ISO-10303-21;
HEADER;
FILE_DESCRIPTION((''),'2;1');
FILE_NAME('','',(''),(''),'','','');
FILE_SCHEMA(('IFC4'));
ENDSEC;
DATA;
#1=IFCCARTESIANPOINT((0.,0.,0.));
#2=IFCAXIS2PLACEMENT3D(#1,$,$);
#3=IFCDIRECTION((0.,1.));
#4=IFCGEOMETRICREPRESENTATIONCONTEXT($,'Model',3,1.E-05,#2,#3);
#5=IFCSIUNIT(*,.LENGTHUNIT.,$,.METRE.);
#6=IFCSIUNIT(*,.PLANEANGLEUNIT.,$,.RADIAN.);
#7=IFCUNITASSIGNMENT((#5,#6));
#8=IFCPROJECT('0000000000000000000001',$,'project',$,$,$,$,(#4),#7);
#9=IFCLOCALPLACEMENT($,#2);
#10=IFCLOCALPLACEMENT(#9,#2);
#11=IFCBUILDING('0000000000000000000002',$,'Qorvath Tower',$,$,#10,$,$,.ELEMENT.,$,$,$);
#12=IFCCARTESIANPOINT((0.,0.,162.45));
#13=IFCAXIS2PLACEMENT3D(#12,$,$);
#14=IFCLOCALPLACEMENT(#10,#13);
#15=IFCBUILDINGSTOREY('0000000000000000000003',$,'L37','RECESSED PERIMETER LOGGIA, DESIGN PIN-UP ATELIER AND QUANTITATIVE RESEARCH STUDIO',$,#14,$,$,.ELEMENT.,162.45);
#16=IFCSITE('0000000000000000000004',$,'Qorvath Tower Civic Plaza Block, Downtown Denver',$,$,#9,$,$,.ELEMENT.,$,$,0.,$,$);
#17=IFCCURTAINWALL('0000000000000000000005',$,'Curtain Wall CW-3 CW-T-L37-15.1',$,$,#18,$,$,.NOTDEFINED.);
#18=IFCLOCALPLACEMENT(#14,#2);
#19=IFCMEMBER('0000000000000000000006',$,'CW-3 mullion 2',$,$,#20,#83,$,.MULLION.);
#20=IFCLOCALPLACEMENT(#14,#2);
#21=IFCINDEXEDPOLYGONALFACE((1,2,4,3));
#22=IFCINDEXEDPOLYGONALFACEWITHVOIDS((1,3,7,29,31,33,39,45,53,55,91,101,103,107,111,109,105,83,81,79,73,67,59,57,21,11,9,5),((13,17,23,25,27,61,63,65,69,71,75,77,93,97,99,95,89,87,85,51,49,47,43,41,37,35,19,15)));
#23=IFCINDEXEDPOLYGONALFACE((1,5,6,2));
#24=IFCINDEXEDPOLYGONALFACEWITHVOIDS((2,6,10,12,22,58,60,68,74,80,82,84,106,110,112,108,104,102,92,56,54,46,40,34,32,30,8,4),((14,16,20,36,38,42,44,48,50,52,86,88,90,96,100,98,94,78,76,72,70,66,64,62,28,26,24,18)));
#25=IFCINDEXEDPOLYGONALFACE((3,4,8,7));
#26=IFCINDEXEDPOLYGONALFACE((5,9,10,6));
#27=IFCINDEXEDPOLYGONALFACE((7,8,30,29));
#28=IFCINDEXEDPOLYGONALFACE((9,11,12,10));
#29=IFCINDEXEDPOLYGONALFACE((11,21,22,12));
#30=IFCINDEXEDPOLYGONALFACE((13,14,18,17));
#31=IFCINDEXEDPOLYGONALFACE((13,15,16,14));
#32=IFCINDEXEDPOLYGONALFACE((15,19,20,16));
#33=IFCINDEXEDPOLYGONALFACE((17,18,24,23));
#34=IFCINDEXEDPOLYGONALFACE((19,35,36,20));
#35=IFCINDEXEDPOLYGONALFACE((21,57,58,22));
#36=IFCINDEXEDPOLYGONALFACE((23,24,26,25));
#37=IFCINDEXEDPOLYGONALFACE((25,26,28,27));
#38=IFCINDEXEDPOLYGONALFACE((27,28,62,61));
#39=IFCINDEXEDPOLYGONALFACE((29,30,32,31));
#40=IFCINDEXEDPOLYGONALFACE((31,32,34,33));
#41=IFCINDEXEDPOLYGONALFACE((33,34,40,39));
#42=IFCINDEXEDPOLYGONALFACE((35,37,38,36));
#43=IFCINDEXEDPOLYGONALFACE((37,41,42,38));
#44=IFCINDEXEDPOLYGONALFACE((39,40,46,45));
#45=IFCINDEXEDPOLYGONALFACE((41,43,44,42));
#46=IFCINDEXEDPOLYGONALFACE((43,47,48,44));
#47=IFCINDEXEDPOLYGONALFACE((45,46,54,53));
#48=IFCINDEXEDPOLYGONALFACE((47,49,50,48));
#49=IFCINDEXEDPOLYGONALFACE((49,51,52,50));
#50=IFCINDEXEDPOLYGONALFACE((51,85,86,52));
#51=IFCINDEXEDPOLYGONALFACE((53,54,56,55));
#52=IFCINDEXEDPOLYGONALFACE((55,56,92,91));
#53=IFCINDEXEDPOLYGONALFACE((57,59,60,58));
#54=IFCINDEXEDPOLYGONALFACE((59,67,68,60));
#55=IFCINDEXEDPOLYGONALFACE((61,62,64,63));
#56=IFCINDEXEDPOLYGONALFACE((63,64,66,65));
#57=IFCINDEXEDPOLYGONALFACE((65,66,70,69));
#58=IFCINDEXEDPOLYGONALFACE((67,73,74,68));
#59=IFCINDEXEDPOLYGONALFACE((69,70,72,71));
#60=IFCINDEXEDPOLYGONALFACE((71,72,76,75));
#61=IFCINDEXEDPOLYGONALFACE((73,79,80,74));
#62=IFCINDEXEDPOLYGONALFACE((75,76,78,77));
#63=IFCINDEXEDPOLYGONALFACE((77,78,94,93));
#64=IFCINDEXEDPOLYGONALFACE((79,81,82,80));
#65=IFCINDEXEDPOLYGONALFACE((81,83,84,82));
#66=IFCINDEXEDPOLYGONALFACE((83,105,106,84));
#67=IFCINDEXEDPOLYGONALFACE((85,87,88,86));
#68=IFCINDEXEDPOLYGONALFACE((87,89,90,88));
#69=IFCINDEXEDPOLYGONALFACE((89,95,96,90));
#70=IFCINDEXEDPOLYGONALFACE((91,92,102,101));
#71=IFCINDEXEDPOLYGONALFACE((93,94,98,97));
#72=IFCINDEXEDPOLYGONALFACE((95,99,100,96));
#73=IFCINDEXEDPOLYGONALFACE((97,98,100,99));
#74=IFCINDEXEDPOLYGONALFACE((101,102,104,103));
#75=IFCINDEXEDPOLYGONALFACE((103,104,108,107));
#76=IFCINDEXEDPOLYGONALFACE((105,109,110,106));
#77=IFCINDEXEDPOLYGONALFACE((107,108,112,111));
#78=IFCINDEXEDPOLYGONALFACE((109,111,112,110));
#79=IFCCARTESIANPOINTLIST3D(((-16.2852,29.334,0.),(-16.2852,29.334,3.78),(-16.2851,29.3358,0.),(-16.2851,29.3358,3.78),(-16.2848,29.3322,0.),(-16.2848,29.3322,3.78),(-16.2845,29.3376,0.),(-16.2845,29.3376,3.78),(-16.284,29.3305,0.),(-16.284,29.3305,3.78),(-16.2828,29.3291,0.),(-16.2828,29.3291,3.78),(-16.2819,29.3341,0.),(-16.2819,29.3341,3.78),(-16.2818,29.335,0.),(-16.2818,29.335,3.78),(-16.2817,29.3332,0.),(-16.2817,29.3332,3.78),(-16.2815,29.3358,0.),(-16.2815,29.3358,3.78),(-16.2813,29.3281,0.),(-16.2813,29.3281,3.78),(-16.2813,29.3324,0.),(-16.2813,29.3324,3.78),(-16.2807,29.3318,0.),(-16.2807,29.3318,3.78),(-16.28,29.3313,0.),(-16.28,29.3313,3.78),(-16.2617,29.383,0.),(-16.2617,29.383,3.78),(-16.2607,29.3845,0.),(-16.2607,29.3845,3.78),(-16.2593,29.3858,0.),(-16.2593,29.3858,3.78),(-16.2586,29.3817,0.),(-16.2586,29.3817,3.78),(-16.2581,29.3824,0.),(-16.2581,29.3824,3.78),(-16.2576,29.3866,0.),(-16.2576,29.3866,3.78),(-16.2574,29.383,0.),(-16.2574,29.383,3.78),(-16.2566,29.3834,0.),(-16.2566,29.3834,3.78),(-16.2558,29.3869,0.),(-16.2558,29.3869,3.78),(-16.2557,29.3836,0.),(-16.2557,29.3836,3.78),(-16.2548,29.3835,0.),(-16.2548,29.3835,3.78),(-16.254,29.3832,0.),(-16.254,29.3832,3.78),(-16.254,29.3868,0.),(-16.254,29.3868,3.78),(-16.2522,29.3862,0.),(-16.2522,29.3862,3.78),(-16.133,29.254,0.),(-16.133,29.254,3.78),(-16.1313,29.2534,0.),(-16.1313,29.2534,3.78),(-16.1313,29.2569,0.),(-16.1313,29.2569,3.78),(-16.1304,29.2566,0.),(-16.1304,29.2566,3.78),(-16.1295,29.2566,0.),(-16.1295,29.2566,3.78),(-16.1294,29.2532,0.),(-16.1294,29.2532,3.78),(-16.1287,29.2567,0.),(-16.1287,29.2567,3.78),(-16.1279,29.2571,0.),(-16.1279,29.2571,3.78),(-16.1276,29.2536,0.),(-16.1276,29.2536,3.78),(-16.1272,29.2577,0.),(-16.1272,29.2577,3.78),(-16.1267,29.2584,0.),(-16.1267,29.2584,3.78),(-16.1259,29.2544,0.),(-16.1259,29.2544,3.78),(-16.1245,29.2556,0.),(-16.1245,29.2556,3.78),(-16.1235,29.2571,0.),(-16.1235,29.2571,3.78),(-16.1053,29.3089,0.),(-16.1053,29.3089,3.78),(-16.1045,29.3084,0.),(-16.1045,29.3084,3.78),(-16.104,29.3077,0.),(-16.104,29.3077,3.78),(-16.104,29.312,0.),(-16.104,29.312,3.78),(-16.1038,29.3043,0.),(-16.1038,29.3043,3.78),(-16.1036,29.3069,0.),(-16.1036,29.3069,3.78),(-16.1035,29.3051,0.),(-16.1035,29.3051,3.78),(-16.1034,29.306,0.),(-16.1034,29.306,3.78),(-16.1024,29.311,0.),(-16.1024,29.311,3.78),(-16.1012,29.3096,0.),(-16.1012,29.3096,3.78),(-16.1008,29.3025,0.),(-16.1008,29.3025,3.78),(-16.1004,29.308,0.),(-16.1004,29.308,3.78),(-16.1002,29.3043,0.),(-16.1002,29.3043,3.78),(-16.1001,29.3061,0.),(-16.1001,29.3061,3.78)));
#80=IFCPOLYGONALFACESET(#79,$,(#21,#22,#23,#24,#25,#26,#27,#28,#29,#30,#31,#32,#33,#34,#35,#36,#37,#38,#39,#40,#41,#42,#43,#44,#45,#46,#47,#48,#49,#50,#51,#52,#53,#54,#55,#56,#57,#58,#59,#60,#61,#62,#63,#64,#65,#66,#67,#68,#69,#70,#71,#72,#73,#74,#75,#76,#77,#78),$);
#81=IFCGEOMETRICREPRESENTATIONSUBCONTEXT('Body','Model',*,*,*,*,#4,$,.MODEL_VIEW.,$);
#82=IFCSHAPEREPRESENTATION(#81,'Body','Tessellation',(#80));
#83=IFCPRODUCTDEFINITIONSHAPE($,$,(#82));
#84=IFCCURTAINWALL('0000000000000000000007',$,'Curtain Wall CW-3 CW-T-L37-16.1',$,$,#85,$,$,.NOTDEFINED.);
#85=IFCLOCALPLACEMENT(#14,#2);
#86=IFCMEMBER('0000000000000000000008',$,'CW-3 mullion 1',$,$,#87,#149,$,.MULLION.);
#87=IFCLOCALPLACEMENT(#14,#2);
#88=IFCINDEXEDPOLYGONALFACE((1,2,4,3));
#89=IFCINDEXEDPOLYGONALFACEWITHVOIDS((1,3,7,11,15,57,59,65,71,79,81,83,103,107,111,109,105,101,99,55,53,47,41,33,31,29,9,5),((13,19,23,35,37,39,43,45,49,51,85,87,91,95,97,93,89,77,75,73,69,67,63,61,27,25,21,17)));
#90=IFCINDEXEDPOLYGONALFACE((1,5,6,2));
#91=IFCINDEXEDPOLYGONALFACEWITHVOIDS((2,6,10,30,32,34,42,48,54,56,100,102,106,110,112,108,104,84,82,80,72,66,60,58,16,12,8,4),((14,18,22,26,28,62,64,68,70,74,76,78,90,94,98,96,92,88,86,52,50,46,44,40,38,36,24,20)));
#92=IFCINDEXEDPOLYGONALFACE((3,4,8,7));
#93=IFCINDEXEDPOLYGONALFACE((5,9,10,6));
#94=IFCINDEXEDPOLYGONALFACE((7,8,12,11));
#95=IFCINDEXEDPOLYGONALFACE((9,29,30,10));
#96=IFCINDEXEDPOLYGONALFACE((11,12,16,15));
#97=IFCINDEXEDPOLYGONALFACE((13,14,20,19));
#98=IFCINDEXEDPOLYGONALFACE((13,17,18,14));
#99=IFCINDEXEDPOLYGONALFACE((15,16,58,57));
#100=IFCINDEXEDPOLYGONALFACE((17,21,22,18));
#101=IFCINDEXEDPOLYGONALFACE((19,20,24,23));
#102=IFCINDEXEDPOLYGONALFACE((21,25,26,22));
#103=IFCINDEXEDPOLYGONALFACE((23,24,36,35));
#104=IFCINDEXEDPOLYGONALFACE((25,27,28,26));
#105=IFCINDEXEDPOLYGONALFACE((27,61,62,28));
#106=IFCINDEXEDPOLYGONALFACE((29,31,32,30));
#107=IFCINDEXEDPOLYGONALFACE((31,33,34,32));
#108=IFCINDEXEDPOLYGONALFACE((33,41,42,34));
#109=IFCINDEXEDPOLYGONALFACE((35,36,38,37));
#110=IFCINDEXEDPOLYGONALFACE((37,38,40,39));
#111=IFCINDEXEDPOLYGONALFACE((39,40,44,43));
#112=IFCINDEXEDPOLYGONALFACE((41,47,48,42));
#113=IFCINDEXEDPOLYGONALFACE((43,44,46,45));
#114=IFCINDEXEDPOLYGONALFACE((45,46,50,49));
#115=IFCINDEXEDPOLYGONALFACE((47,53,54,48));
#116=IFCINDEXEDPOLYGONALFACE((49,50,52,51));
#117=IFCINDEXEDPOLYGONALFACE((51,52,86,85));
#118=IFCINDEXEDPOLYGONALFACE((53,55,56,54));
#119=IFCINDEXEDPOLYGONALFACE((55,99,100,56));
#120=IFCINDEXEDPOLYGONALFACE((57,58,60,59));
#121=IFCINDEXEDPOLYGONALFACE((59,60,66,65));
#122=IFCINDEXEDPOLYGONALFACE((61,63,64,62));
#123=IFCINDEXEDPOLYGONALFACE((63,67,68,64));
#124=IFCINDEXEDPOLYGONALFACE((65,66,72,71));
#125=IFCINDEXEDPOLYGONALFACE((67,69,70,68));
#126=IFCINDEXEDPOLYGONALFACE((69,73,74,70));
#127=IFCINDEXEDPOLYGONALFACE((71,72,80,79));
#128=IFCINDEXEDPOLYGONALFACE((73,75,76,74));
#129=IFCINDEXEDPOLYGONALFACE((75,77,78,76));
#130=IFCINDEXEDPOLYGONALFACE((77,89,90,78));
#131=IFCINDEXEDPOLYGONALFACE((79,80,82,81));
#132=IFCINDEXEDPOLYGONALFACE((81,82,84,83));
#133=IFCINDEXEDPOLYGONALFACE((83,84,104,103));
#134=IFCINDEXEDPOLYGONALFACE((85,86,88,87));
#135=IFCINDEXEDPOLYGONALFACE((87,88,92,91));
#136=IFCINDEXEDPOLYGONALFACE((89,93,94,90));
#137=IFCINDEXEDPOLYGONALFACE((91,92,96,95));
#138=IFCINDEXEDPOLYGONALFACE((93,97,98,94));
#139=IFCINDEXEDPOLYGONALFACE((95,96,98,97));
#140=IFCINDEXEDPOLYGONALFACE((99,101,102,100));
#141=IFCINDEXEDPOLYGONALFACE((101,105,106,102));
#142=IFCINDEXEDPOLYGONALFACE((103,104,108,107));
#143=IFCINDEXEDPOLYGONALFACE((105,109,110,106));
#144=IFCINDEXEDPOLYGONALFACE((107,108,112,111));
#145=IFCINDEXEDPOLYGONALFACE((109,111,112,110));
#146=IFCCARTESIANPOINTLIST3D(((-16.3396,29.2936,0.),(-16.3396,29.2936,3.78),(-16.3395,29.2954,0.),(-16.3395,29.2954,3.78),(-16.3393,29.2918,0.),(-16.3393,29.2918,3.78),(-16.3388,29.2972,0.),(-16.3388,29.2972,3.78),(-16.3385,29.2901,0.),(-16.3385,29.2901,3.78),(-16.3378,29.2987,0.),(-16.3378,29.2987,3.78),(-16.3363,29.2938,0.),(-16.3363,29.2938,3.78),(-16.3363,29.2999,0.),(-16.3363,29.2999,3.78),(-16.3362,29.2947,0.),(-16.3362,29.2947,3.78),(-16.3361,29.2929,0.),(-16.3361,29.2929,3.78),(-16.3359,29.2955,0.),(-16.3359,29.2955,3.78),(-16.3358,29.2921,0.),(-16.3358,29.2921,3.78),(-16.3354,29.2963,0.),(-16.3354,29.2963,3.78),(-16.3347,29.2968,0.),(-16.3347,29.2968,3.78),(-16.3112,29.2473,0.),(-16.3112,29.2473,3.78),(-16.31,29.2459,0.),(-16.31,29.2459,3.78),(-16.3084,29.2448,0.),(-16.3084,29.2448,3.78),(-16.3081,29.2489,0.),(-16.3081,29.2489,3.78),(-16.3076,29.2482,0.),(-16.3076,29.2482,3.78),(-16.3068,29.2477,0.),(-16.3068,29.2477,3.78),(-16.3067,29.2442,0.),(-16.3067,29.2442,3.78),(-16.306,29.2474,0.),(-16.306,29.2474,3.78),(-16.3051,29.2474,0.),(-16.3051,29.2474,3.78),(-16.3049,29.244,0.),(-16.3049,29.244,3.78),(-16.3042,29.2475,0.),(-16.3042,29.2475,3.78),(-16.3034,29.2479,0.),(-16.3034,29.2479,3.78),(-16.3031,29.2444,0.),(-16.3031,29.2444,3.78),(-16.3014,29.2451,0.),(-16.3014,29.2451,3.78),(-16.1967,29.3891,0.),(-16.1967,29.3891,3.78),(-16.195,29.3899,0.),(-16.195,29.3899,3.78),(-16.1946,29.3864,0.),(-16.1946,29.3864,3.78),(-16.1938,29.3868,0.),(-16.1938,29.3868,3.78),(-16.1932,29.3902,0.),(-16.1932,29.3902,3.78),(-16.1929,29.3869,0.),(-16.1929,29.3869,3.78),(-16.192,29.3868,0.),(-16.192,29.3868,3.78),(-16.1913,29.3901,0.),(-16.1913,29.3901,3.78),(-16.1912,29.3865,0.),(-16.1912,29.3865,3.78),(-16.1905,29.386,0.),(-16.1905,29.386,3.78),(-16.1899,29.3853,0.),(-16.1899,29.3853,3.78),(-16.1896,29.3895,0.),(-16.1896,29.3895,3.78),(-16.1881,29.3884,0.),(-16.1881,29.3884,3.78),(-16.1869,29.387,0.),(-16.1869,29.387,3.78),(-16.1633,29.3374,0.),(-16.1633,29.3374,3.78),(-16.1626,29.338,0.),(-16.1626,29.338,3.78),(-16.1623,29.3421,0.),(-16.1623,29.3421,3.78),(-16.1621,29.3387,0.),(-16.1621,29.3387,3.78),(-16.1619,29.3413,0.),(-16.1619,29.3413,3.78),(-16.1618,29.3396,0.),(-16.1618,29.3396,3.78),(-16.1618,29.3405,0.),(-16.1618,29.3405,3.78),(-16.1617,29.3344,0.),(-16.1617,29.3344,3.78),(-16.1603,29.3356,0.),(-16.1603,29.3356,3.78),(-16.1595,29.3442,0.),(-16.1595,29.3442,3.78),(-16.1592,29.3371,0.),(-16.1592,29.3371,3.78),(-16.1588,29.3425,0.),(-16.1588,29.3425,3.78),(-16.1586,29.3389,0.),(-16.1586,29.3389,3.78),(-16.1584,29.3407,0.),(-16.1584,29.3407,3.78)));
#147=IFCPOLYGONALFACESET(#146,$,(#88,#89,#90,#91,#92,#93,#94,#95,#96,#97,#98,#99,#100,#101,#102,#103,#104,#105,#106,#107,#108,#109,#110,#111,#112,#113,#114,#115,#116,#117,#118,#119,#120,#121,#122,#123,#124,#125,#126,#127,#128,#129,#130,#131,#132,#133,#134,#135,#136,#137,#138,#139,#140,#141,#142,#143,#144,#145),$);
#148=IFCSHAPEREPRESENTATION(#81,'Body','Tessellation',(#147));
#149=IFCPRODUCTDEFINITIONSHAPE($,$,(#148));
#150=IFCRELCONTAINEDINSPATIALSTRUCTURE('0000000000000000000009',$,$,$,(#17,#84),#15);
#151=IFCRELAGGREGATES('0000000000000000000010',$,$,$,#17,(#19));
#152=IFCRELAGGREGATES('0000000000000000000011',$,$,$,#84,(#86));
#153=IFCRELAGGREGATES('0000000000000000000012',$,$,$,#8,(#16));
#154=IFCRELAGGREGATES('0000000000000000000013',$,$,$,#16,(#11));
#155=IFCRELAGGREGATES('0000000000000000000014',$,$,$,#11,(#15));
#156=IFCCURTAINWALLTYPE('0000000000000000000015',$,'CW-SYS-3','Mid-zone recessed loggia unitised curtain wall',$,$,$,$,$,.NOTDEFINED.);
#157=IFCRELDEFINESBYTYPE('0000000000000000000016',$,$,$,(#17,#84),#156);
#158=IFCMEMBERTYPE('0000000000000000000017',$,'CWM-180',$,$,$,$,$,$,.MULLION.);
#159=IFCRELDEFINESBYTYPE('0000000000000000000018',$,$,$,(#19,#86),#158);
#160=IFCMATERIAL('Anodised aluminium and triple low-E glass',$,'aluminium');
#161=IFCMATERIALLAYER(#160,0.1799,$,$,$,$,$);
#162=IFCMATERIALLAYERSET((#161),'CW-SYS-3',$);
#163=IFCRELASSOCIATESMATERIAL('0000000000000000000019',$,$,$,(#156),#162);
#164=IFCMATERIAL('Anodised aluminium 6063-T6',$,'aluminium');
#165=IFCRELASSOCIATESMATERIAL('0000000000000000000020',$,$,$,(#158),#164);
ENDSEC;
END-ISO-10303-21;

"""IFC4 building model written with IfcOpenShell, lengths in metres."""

from ifc_helpers import new_model, si_unit, direction, frame, origin, origin_2d, place, context, subcontext, project, spatial, hollow_rectangle, extrude, material, layer, layer_set, material_profile, profile_set, type_object, element, aggregate, save


model = new_model("IFC4")

# Units and contexts
model_context = context("Model", 3, precision=1e-05, world=origin(), true_north=direction((0.0, 1.0)))
body_context = subcontext(model_context, "Body", "Model", "MODEL_VIEW")
ifc_project = project(units=[si_unit("LENGTHUNIT", "METRE"), si_unit("PLANEANGLEUNIT", "RADIAN")], contexts=[model_context])

# Site, building, storey
site_placement = place(None, origin())
site = spatial("IfcSite", under=ifc_project, at=site_placement, Name="Qorvath Tower Civic Plaza Block, Downtown Denver", CompositionType="ELEMENT", RefElevation=0.0)
building_placement = place(site_placement, origin())
building = spatial("IfcBuilding", under=site, at=building_placement, Name="Qorvath Tower", CompositionType="ELEMENT")
storey_placement = place(building_placement, frame((0.0, 0.0, 162.45)))
storey = spatial("IfcBuildingStorey", under=building, at=storey_placement, Name="L37", Description="RECESSED PERIMETER LOGGIA, DESIGN PIN-UP ATELIER AND QUANTITATIVE RESEARCH STUDIO", CompositionType="ELEMENT", Elevation=162.45)

# Shared definitions
ifc_material_1 = material(Name="Anodised aluminium and triple low-E glass", Category="aluminium")
ifc_layer_1 = layer(ifc_material_1, 0.1799)
ifc_layer_set_1 = layer_set([ifc_layer_1], Name="CW-SYS-3")
curtain_wall_type = type_object("IfcCurtainWallType", Name="CW-SYS-3", Description="Mid-zone recessed loggia unitised curtain wall", PredefinedType="NOTDEFINED", material=ifc_layer_set_1)
ifc_material_2 = material(Name="Anodised aluminium 6063-T6", Category="aluminium")
ifc_material_profile_1 = material_profile(ifc_material_2, hollow_rectangle(XDim=0.0649, YDim=0.1799, WallThickness=0.0034, InnerFilletRadius=0.0034, OuterFilletRadius=0.0071, at=origin_2d()), Name="CWM 180x65")
ifc_profile_set_1 = profile_set([ifc_material_profile_1], Name="Anodised aluminium 6063-T6")
member_type_1 = type_object("IfcMemberType", Name="CWM-180", PredefinedType="MULLION", material=ifc_profile_set_1)

# Curtain wall, member
curtain_wall_1_placement = place(storey_placement, origin())
curtain_wall_1 = element("IfcCurtainWall", 1, at=curtain_wall_1_placement, inside=storey, type_object=curtain_wall_type, Name="Curtain Wall CW-3 CW-T-L37-15.1", PredefinedType="NOTDEFINED")
member_1_placement = place(storey_placement, frame((-16.1926, 29.3201, 0.0), z_axis=(0.0, 0.0, 1.0), x_axis=(-0.447188, -0.89444, 0.0)))
member_1 = element("IfcMember", 2, at=member_1_placement, type_object=member_type_1, Name="CW-3 mullion 2", PredefinedType="MULLION", context=body_context, shape_type="SweptSolid", body=[
    extrude(hollow_rectangle(XDim=0.0649, YDim=0.1799, WallThickness=0.0034, InnerFilletRadius=0.0034, OuterFilletRadius=0.0071, at=origin_2d()), origin(), (0.0, 0.0, 1.0), 3.78),
])

# Curtain wall, member
curtain_wall_2_placement = place(storey_placement, origin())
curtain_wall_2 = element("IfcCurtainWall", 3, at=curtain_wall_2_placement, inside=storey, type_object=curtain_wall_type, Name="Curtain Wall CW-3 CW-T-L37-16.1", PredefinedType="NOTDEFINED")
member_2_placement = place(storey_placement, frame((-16.249, 29.3171, 0.0), z_axis=(0.0, 0.0, 1.0), x_axis=(0.53854, -0.8426, 0.0)))
member_2 = element("IfcMember", 4, at=member_2_placement, type_object=member_type_1, Name="CW-3 mullion 1", PredefinedType="MULLION", context=body_context, shape_type="SweptSolid", body=[
    extrude(hollow_rectangle(XDim=0.0649, YDim=0.1799, WallThickness=0.0034, InnerFilletRadius=0.0034, OuterFilletRadius=0.0071, at=origin_2d()), origin(), (0.0, 0.0, 1.0), 3.78),
])

aggregate(curtain_wall_1, [member_1])
aggregate(curtain_wall_2, [member_2])

save(model, "model.ifc")
